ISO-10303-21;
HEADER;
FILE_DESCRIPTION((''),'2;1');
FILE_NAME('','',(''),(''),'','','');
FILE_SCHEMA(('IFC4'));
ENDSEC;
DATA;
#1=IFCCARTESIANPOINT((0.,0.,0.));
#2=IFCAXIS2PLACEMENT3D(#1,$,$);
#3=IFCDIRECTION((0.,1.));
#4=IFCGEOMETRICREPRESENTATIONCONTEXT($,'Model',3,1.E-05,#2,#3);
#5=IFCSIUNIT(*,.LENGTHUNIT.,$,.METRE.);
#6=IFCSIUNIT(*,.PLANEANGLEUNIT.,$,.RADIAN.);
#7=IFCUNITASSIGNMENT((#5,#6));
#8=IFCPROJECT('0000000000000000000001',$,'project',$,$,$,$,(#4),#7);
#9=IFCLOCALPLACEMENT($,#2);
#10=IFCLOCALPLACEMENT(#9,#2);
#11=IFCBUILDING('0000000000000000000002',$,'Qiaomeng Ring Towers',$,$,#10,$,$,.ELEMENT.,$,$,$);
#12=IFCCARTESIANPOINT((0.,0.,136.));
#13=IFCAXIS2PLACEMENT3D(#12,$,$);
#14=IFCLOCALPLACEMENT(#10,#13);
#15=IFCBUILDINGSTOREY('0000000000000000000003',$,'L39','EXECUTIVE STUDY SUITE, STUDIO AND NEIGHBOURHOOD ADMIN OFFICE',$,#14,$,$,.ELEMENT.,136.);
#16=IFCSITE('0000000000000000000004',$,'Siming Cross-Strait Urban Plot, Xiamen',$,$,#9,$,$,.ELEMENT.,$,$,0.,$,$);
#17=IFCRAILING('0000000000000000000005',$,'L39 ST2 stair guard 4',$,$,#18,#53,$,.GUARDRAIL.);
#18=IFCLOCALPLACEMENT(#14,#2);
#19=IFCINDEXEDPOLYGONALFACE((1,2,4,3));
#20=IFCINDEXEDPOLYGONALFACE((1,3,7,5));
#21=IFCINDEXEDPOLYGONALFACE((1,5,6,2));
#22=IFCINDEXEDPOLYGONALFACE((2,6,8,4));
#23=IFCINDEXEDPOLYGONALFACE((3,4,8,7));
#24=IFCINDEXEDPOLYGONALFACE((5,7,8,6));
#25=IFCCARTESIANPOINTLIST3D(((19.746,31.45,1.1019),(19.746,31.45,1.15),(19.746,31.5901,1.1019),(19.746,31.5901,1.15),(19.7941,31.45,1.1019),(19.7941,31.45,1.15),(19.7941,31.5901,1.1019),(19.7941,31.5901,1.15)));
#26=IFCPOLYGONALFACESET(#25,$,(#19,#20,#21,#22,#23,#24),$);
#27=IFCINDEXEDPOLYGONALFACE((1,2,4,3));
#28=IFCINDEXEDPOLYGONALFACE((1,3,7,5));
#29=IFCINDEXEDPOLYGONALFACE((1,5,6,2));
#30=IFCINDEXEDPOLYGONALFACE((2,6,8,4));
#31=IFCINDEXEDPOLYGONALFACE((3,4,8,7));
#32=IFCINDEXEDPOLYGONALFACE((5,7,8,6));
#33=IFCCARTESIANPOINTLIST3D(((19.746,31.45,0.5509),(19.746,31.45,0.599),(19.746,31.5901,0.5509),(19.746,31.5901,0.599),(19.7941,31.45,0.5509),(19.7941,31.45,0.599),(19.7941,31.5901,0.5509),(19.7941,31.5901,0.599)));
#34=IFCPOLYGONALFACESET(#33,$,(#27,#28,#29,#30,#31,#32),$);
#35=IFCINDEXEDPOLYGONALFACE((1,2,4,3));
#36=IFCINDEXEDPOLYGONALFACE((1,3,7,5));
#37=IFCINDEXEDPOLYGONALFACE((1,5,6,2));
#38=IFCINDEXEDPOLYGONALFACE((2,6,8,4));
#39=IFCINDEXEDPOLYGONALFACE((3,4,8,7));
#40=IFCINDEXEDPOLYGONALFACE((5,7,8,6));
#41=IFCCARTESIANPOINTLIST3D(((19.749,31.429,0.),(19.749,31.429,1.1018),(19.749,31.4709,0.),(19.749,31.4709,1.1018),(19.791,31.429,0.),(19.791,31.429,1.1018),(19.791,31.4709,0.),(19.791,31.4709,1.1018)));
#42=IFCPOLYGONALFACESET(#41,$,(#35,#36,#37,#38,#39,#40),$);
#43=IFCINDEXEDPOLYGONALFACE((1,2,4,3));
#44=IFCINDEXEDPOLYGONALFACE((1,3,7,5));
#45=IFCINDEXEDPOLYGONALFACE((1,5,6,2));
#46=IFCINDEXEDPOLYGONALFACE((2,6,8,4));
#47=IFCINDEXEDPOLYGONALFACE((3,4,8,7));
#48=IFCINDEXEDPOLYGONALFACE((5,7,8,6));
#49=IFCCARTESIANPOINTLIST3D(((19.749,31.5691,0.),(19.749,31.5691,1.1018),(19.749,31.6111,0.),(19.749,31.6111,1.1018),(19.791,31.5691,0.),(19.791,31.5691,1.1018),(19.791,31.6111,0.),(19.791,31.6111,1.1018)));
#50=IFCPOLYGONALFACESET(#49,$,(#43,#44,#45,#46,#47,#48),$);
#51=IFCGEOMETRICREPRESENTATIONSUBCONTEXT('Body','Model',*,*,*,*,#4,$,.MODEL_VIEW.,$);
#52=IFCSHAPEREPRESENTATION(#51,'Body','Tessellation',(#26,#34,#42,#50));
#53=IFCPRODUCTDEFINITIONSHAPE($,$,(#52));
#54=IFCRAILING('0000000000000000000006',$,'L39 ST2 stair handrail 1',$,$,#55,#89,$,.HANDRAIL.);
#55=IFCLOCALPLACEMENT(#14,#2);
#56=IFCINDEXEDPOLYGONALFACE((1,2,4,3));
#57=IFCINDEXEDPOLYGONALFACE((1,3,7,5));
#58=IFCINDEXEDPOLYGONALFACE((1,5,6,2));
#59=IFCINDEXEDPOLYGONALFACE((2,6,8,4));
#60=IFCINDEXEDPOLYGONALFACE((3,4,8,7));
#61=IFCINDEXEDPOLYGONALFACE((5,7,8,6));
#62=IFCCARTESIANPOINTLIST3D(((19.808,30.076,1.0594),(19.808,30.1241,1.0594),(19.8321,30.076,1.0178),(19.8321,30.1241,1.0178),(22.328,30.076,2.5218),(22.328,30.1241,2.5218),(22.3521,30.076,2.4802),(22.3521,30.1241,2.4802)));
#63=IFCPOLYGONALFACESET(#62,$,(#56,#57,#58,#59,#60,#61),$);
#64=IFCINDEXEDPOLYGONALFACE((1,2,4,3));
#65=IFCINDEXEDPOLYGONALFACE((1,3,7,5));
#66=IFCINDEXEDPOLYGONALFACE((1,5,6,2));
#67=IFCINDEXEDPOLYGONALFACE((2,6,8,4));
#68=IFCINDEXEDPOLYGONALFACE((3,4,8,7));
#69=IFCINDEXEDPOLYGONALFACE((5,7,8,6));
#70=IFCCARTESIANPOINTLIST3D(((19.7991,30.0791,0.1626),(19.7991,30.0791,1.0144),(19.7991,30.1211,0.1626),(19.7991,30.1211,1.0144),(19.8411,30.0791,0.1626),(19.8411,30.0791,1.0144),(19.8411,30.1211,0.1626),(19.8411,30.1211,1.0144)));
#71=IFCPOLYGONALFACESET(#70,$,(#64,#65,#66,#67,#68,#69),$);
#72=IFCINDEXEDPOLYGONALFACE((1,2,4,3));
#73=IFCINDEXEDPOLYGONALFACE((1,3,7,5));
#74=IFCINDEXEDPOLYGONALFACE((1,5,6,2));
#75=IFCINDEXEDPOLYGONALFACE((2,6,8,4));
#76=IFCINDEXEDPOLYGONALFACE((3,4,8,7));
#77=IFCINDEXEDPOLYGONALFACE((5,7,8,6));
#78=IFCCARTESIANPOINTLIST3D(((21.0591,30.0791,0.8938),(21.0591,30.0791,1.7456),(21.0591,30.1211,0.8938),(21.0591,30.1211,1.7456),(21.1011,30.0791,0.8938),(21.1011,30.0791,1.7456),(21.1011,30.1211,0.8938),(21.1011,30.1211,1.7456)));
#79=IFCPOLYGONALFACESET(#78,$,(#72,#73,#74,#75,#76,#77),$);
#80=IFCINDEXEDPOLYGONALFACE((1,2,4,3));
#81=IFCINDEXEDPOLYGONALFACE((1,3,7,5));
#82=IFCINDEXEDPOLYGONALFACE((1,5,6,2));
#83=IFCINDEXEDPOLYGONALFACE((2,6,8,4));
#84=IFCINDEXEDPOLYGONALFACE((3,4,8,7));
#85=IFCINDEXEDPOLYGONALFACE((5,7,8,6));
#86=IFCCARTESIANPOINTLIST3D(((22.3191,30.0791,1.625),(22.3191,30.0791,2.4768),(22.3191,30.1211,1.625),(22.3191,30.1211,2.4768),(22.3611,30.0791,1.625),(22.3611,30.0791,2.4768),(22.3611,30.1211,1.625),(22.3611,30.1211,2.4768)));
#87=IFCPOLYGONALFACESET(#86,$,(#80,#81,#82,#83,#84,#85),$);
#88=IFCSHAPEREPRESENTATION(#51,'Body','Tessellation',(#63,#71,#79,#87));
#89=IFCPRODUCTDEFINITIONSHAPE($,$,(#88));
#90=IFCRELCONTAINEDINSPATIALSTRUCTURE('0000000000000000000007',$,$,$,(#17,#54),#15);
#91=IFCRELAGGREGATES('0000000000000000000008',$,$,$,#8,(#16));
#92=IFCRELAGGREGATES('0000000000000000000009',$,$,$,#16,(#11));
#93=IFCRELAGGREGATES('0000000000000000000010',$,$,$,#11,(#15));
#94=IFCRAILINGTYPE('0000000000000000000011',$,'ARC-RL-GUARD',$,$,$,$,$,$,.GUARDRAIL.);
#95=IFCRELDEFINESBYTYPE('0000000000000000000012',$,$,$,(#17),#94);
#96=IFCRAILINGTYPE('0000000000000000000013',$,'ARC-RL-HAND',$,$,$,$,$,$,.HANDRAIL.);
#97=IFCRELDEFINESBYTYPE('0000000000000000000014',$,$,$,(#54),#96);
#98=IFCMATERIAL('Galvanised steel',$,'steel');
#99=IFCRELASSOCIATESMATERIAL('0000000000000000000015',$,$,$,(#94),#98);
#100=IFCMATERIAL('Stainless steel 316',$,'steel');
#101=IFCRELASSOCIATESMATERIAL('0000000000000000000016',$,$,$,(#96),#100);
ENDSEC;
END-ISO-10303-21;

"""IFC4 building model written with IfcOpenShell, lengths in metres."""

from ifc_helpers import new_model, si_unit, direction, frame, origin, origin_2d, place, context, subcontext, project, spatial, rectangle, extrude, material, type_object, element, save


model = new_model("IFC4")

# Units and contexts
model_context = context("Model", 3, precision=1e-05, world=origin(), true_north=direction((0.0, 1.0)))
body_context = subcontext(model_context, "Body", "Model", "MODEL_VIEW")
ifc_project = project(units=[si_unit("LENGTHUNIT", "METRE"), si_unit("PLANEANGLEUNIT", "RADIAN")], contexts=[model_context])

# Site, building, storey
site_placement = place(None, origin())
site = spatial("IfcSite", under=ifc_project, at=site_placement, Name="Siming Cross-Strait Urban Plot, Xiamen", CompositionType="ELEMENT", RefElevation=0.0)
building_placement = place(site_placement, origin())
building = spatial("IfcBuilding", under=site, at=building_placement, Name="Qiaomeng Ring Towers", CompositionType="ELEMENT")
storey_placement = place(building_placement, frame((0.0, 0.0, 136.0)))
storey = spatial("IfcBuildingStorey", under=building, at=storey_placement, Name="L39", Description="EXECUTIVE STUDY SUITE, STUDIO AND NEIGHBOURHOOD ADMIN OFFICE", CompositionType="ELEMENT", Elevation=136.0)

# Railings
ifc_material_1 = material(Name="Galvanised steel", Category="steel")
railing_type_1 = type_object("IfcRailingType", Name="ARC-RL-GUARD", PredefinedType="GUARDRAIL", material=ifc_material_1)
for number, where, name in (
    (1, (19.77, 31.45, 0.0), "L39 ST2 stair guard 4"),
):
    element("IfcRailing", number, at=place(storey_placement, frame(where)), inside=storey, type_object=railing_type_1, Name=name, PredefinedType="GUARDRAIL", context=body_context, shape_type="SweptSolid", body=[
        extrude(rectangle(XDim=0.0481, YDim=0.0481, at=origin_2d()), frame((0.0, 0.0, 1.126), z_axis=(0.0, 1.0, 0.0), x_axis=(-1.0, 0.0, 0.0)), (0.0, 0.0, 1.0), 0.1401),
        extrude(rectangle(XDim=0.0481, YDim=0.0481, at=origin_2d()), frame((0.0, 0.0, 0.575), z_axis=(0.0, 1.0, 0.0), x_axis=(-1.0, 0.0, 0.0)), (0.0, 0.0, 1.0), 0.1401),
        extrude(rectangle(XDim=0.042, YDim=0.042, at=origin_2d()), origin(), (0.0, 0.0, 1.0), 1.1018),
        extrude(rectangle(XDim=0.042, YDim=0.042, at=origin_2d()), frame((0.0, 0.1401, 0.0)), (0.0, 0.0, 1.0), 1.1018),
    ])
ifc_material_2 = material(Name="Stainless steel 316", Category="steel")
railing_type_2 = type_object("IfcRailingType", Name="ARC-RL-HAND", PredefinedType="HANDRAIL", material=ifc_material_2)
railing_1_placement = place(storey_placement, frame((19.8201, 30.1001, 0.1626)))
element("IfcRailing", 2, at=railing_1_placement, inside=storey, type_object=railing_type_2, Name="L39 ST2 stair handrail 1", PredefinedType="HANDRAIL", context=body_context, shape_type="SweptSolid", body=[
    extrude(rectangle(XDim=0.0481, YDim=0.0481, at=origin_2d()), frame((0.0, 0.0, 0.876), z_axis=(0.864913, 0.0, 0.501921), x_axis=(0.0, 1.0, 0.0)), (0.0, 0.0, 1.0), 2.9136),
    extrude(rectangle(XDim=0.042, YDim=0.042, at=origin_2d()), origin(), (0.0, 0.0, 1.0), 0.8518),
    extrude(rectangle(XDim=0.042, YDim=0.042, at=origin_2d()), frame((1.26, 0.0, 0.7312)), (0.0, 0.0, 1.0), 0.8518),
    extrude(rectangle(XDim=0.042, YDim=0.042, at=origin_2d()), frame((2.52, 0.0, 1.4624)), (0.0, 0.0, 1.0), 0.8518),
])

save(model, "model.ifc")
